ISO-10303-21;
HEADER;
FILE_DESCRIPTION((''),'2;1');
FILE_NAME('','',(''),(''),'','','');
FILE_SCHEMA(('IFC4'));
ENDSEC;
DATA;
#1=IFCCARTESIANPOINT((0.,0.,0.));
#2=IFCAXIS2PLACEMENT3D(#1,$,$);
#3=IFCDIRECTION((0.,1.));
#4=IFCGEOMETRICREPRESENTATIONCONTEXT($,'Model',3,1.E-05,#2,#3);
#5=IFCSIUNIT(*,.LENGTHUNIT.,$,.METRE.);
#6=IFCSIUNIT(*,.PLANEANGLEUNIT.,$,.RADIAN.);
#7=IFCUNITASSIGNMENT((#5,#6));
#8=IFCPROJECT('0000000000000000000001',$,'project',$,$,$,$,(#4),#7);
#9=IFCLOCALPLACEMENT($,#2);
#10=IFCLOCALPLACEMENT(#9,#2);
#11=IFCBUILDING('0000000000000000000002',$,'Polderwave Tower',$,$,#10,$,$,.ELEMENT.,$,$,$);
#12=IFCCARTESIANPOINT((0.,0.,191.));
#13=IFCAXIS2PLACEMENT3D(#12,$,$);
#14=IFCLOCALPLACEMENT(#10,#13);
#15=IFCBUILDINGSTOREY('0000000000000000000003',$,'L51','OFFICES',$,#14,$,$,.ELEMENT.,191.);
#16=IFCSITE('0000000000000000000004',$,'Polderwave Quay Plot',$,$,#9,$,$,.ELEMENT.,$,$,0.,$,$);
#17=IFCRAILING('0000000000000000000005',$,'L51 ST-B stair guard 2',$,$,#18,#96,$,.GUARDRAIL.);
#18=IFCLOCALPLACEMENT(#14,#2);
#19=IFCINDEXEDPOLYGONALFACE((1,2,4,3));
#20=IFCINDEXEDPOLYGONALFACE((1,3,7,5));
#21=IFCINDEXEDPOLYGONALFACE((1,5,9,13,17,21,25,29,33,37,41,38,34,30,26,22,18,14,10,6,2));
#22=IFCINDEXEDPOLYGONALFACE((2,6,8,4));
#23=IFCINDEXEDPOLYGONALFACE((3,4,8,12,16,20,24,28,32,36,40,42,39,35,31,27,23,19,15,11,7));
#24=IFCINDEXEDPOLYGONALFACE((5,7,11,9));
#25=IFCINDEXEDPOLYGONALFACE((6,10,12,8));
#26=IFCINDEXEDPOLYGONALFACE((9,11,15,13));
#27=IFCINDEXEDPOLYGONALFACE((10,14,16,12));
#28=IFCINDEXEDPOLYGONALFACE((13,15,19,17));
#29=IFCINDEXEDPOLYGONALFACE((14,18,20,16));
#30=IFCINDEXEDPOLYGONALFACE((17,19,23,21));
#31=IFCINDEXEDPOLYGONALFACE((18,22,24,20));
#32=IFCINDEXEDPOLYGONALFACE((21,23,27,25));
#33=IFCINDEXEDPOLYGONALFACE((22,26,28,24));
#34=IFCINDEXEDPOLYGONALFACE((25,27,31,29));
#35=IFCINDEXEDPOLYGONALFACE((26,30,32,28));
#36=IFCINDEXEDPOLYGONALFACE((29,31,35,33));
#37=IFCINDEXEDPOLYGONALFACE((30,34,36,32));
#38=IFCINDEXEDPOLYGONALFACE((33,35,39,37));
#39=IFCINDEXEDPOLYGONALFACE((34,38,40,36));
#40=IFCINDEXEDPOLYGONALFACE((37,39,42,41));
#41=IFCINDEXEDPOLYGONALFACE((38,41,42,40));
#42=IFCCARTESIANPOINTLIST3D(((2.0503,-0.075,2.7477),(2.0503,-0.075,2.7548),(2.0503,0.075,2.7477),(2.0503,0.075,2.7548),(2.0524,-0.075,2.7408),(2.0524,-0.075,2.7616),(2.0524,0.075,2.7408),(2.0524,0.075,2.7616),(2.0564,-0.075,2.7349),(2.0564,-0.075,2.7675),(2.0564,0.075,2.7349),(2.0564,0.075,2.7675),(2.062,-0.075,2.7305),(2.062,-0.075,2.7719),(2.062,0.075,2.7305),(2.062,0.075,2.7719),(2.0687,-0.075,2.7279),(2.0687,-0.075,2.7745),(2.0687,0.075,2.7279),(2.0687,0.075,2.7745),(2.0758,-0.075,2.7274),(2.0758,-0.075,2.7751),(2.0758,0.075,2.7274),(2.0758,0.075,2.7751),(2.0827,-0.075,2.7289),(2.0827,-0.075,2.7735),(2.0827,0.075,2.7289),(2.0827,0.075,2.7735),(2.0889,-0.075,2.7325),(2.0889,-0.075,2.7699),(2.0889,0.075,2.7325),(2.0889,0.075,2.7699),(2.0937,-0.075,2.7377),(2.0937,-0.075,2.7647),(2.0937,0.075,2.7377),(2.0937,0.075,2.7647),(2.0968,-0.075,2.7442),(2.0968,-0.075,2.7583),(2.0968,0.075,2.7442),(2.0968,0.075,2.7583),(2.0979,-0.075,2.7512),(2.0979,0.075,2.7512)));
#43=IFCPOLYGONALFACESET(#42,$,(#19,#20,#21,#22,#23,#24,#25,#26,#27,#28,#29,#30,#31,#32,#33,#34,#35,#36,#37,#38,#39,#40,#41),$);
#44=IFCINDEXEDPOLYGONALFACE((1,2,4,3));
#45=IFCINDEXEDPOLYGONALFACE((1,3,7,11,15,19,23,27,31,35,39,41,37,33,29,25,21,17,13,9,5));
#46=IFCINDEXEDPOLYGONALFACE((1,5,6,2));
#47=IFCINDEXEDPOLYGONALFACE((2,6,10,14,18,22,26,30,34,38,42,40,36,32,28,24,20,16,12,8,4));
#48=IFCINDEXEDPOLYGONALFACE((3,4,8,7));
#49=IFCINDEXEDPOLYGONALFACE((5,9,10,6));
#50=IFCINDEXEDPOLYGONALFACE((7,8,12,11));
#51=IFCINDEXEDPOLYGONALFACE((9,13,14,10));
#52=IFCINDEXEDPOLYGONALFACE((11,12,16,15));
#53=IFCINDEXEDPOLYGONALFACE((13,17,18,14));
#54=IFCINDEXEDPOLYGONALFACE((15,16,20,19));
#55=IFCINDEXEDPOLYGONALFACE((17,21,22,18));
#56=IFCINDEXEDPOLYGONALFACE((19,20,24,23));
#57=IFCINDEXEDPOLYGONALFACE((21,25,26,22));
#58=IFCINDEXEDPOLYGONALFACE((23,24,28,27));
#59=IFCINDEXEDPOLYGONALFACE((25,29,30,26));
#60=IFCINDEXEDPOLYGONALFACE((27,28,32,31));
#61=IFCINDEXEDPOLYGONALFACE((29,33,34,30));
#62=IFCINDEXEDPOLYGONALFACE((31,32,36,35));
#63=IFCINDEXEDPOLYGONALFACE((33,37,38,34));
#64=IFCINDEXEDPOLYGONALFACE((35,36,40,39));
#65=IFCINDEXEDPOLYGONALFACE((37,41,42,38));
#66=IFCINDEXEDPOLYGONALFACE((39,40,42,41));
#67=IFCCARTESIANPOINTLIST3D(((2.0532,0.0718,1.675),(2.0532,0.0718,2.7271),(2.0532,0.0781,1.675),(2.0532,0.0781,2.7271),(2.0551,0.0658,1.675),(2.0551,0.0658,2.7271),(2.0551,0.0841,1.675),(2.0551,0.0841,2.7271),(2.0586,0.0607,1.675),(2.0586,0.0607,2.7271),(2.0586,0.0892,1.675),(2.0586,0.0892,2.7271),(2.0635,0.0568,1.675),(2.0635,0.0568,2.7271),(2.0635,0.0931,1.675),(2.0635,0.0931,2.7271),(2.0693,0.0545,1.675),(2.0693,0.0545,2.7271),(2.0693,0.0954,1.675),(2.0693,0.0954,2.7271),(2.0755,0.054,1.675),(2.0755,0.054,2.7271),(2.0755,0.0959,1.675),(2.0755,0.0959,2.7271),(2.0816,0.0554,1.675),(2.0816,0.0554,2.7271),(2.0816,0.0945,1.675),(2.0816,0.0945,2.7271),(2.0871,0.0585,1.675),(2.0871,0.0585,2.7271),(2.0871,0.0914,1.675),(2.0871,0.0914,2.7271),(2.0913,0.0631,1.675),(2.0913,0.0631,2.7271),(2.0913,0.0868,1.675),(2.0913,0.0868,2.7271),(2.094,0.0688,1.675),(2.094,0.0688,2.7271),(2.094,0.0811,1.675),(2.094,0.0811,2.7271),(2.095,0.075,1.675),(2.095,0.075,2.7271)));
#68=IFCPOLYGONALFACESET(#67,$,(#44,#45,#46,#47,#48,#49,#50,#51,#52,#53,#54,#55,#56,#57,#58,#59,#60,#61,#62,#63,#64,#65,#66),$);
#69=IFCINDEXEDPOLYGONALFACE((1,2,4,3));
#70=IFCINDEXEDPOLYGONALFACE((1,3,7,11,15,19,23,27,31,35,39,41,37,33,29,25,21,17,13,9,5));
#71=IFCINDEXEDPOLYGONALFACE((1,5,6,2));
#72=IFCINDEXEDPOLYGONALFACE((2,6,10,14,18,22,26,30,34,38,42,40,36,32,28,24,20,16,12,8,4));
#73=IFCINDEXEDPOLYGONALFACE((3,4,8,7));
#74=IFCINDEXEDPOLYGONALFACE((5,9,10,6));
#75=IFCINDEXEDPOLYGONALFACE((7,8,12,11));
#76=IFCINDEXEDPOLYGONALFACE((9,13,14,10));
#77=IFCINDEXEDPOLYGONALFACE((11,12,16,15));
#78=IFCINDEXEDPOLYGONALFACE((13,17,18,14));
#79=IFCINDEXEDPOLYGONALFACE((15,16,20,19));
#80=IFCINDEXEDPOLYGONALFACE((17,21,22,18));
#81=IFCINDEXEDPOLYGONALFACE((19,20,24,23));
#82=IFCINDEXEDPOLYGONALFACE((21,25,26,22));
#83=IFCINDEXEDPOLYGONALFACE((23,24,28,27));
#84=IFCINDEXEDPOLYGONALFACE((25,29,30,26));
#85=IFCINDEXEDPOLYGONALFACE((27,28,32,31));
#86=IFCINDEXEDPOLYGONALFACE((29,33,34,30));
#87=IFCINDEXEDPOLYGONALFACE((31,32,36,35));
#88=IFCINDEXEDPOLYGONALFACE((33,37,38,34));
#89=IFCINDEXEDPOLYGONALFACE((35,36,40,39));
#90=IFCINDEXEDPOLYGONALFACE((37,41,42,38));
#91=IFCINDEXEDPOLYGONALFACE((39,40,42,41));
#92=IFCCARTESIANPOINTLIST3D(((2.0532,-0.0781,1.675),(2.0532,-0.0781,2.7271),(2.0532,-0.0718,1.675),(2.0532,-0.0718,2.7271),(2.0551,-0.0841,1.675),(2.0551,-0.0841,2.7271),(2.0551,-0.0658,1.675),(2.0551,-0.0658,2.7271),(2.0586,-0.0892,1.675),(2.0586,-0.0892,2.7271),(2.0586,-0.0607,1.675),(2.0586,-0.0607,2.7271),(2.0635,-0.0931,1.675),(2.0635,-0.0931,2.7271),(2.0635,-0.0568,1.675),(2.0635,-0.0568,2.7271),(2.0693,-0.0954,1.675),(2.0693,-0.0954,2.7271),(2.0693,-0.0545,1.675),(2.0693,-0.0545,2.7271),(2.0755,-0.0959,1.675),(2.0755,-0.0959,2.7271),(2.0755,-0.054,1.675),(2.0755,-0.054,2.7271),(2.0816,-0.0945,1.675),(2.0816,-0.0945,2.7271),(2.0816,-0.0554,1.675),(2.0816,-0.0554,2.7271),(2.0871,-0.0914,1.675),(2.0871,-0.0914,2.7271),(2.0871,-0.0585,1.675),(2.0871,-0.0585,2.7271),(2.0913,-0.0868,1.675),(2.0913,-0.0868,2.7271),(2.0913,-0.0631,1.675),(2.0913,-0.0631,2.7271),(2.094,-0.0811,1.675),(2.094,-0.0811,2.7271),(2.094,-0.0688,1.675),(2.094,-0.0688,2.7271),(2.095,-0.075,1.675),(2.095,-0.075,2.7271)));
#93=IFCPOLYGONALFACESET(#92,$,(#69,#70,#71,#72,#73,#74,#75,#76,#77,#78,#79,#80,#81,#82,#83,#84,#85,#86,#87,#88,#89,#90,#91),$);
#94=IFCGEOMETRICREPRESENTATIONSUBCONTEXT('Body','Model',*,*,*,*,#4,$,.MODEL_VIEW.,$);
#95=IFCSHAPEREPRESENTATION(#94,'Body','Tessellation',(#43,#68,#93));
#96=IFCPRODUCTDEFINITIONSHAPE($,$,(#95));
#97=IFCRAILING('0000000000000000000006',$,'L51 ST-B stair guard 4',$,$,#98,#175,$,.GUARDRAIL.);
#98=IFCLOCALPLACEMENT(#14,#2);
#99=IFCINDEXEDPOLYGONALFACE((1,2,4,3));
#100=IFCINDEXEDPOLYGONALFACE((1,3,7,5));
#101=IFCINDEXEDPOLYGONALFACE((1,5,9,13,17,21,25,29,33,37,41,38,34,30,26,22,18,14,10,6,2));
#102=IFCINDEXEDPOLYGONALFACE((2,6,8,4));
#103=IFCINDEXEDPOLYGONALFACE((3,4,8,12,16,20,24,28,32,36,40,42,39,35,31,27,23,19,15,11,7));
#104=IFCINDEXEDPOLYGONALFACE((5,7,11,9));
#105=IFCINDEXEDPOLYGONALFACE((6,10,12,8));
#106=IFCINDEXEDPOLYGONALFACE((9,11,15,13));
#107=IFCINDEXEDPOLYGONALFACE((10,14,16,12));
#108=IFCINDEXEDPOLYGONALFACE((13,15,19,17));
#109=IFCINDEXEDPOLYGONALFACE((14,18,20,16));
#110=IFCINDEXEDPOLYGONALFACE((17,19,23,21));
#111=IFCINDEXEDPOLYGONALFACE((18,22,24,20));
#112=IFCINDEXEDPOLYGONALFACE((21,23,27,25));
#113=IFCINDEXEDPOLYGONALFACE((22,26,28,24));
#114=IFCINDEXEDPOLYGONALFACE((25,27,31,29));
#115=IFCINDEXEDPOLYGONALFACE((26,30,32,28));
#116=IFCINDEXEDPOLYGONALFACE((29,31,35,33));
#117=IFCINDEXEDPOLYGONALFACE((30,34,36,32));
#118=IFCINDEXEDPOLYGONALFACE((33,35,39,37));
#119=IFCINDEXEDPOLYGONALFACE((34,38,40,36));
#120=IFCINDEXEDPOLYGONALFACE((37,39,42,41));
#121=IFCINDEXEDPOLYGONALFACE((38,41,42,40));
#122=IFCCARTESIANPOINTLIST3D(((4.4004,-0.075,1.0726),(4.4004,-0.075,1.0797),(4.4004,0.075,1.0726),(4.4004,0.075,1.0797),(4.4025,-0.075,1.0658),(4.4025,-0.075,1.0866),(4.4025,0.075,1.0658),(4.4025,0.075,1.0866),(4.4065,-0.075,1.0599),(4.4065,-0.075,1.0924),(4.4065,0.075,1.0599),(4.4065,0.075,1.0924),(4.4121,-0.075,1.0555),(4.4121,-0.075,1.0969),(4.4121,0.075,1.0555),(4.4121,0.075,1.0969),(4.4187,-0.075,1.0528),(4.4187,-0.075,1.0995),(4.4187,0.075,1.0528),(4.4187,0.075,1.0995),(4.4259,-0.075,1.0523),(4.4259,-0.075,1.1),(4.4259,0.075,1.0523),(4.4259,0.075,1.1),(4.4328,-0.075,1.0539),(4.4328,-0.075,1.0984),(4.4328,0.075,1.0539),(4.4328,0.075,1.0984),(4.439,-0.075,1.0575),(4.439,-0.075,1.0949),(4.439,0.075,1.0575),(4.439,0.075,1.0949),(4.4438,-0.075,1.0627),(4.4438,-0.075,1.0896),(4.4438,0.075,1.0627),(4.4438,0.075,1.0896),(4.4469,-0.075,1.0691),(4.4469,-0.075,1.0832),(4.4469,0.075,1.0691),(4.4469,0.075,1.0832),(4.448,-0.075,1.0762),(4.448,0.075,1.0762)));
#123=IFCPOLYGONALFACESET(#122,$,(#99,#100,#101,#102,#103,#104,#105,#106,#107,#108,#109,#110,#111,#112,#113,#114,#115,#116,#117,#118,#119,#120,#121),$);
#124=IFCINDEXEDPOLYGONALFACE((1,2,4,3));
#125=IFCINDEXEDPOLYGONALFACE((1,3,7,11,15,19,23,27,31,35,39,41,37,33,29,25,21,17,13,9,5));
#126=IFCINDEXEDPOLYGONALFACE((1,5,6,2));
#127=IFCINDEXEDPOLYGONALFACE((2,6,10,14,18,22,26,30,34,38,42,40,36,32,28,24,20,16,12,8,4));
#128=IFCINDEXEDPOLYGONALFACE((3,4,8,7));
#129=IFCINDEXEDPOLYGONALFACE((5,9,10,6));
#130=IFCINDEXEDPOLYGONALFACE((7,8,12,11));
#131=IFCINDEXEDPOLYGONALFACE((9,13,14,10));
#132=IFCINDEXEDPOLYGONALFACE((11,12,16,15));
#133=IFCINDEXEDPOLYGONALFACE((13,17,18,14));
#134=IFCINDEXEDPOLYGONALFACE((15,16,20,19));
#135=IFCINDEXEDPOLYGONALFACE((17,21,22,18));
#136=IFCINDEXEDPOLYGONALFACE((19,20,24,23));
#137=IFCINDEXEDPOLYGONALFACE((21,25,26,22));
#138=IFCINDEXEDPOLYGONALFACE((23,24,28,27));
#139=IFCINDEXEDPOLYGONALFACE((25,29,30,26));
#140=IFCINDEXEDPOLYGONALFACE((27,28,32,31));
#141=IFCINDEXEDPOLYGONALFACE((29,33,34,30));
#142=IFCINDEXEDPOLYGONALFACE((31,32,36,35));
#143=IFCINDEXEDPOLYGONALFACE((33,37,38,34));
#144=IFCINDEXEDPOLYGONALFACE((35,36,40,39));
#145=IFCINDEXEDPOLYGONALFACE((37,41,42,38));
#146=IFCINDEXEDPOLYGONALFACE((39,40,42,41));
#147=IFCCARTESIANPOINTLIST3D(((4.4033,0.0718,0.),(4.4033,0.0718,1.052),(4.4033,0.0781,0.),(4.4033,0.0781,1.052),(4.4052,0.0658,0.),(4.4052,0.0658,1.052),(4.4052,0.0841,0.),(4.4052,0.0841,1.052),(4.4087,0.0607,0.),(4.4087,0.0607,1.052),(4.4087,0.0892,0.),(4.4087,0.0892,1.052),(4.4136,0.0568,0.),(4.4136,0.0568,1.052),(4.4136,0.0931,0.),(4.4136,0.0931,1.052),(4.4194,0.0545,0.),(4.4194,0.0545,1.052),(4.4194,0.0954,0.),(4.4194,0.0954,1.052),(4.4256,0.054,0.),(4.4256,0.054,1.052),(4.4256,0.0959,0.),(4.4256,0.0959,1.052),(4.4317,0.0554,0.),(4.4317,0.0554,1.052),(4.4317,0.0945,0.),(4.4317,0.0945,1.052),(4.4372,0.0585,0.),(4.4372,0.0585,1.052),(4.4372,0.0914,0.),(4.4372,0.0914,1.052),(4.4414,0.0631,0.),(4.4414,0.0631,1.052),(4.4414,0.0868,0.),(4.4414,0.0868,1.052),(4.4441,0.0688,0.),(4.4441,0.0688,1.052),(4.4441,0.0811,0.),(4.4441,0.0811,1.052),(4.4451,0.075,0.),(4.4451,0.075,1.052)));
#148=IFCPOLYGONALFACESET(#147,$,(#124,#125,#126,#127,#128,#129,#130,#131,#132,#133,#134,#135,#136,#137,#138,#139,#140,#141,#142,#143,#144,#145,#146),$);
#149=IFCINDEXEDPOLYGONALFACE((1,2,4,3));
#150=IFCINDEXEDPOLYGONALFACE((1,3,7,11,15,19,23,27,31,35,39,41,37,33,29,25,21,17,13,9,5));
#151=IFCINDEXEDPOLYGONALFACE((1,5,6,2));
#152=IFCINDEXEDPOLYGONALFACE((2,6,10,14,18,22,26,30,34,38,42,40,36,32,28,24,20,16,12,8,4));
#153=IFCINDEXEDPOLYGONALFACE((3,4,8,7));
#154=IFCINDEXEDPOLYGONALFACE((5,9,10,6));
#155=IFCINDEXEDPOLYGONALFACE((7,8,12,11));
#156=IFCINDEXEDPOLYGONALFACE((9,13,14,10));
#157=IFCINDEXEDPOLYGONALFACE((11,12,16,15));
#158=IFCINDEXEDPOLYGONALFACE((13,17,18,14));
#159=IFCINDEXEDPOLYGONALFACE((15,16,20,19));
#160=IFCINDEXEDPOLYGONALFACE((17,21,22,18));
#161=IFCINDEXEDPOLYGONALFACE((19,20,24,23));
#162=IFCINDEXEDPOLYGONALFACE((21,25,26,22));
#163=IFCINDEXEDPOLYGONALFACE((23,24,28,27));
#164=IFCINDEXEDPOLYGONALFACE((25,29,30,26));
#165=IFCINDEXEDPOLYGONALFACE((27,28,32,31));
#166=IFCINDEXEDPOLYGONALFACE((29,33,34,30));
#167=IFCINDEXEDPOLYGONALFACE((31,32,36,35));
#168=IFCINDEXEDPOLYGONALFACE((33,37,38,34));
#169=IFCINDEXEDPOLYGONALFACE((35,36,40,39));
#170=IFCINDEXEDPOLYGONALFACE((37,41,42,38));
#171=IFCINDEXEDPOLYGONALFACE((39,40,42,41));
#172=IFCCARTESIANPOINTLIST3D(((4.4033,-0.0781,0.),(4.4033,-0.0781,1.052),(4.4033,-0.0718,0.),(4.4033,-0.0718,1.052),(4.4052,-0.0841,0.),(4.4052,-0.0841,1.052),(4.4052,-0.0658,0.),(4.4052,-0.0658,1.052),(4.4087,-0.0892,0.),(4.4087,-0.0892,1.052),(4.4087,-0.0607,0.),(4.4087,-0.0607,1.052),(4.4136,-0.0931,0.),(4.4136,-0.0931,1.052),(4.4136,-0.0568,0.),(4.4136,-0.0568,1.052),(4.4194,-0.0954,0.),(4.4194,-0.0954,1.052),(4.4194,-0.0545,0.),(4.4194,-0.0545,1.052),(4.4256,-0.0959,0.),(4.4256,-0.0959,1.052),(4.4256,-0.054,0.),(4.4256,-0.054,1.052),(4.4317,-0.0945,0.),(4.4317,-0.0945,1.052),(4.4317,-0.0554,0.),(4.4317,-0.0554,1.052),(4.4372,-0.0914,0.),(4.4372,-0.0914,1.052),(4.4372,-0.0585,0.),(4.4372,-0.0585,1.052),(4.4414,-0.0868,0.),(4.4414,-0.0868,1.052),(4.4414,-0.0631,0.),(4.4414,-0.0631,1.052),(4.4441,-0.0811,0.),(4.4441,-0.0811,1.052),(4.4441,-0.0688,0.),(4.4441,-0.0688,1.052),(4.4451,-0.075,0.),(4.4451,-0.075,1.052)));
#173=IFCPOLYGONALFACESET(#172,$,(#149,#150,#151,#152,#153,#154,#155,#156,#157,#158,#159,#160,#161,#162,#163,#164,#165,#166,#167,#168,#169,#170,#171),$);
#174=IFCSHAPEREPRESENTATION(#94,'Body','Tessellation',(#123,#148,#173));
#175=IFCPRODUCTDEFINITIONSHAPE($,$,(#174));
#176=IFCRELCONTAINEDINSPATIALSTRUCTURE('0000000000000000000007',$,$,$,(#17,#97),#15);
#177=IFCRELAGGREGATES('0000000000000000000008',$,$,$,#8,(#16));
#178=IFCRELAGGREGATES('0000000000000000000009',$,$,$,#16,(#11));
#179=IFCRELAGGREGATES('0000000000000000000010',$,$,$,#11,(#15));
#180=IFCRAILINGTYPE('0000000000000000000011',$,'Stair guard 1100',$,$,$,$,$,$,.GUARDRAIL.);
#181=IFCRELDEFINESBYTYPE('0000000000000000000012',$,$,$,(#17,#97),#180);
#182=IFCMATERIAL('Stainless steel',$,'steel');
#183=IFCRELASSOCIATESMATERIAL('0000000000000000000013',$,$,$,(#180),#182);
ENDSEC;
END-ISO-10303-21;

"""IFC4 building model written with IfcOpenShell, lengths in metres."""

from ifc_helpers import new_model, si_unit, direction, frame, origin, origin_2d, place, context, subcontext, project, spatial, circle, extrude, material, type_object, element, save


model = new_model("IFC4")

# Units and contexts
model_context = context("Model", 3, precision=1e-05, world=origin(), true_north=direction((0.0, 1.0)))
body_context = subcontext(model_context, "Body", "Model", "MODEL_VIEW")
ifc_project = project(units=[si_unit("LENGTHUNIT", "METRE"), si_unit("PLANEANGLEUNIT", "RADIAN")], contexts=[model_context])

# Site, building, storey
site_placement = place(None, origin())
site = spatial("IfcSite", under=ifc_project, at=site_placement, Name="Polderwave Quay Plot", CompositionType="ELEMENT", RefElevation=0.0)
building_placement = place(site_placement, origin())
building = spatial("IfcBuilding", under=site, at=building_placement, Name="Polderwave Tower", CompositionType="ELEMENT")
storey_placement = place(building_placement, frame((0.0, 0.0, 191.0)))
storey = spatial("IfcBuildingStorey", under=building, at=storey_placement, Name="L51", Description="OFFICES", CompositionType="ELEMENT", Elevation=191.0)

# Railings
ifc_material_1 = material(Name="Stainless steel", Category="steel")
railing_type_1 = type_object("IfcRailingType", Name="Stair guard 1100", PredefinedType="GUARDRAIL", material=ifc_material_1)
for number, where, name in (
    (1, (2.074, 0.075, 1.675), "L51 ST-B stair guard 2"),
    (2, (4.4241, 0.075, 0.0), "L51 ST-B stair guard 4"),
):
    element("IfcRailing", number, at=place(storey_placement, frame(where)), inside=storey, type_object=railing_type_1, Name=name, PredefinedType="GUARDRAIL", context=body_context, shape_type="SweptSolid", body=[
        extrude(circle(Radius=0.0239, at=origin_2d()), frame((0.0, 0.0, 1.0762), z_axis=(0.0, -1.0, 0.0), x_axis=(1.0, 0.0, 0.0)), (0.0, 0.0, 1.0), 0.1499),
        extrude(circle(Radius=0.021, at=origin_2d()), origin(), (0.0, 0.0, 1.0), 1.052),
        extrude(circle(Radius=0.021, at=origin_2d()), frame((0.0, -0.1499, 0.0)), (0.0, 0.0, 1.0), 1.052),
    ])

save(model, "model.ifc")
